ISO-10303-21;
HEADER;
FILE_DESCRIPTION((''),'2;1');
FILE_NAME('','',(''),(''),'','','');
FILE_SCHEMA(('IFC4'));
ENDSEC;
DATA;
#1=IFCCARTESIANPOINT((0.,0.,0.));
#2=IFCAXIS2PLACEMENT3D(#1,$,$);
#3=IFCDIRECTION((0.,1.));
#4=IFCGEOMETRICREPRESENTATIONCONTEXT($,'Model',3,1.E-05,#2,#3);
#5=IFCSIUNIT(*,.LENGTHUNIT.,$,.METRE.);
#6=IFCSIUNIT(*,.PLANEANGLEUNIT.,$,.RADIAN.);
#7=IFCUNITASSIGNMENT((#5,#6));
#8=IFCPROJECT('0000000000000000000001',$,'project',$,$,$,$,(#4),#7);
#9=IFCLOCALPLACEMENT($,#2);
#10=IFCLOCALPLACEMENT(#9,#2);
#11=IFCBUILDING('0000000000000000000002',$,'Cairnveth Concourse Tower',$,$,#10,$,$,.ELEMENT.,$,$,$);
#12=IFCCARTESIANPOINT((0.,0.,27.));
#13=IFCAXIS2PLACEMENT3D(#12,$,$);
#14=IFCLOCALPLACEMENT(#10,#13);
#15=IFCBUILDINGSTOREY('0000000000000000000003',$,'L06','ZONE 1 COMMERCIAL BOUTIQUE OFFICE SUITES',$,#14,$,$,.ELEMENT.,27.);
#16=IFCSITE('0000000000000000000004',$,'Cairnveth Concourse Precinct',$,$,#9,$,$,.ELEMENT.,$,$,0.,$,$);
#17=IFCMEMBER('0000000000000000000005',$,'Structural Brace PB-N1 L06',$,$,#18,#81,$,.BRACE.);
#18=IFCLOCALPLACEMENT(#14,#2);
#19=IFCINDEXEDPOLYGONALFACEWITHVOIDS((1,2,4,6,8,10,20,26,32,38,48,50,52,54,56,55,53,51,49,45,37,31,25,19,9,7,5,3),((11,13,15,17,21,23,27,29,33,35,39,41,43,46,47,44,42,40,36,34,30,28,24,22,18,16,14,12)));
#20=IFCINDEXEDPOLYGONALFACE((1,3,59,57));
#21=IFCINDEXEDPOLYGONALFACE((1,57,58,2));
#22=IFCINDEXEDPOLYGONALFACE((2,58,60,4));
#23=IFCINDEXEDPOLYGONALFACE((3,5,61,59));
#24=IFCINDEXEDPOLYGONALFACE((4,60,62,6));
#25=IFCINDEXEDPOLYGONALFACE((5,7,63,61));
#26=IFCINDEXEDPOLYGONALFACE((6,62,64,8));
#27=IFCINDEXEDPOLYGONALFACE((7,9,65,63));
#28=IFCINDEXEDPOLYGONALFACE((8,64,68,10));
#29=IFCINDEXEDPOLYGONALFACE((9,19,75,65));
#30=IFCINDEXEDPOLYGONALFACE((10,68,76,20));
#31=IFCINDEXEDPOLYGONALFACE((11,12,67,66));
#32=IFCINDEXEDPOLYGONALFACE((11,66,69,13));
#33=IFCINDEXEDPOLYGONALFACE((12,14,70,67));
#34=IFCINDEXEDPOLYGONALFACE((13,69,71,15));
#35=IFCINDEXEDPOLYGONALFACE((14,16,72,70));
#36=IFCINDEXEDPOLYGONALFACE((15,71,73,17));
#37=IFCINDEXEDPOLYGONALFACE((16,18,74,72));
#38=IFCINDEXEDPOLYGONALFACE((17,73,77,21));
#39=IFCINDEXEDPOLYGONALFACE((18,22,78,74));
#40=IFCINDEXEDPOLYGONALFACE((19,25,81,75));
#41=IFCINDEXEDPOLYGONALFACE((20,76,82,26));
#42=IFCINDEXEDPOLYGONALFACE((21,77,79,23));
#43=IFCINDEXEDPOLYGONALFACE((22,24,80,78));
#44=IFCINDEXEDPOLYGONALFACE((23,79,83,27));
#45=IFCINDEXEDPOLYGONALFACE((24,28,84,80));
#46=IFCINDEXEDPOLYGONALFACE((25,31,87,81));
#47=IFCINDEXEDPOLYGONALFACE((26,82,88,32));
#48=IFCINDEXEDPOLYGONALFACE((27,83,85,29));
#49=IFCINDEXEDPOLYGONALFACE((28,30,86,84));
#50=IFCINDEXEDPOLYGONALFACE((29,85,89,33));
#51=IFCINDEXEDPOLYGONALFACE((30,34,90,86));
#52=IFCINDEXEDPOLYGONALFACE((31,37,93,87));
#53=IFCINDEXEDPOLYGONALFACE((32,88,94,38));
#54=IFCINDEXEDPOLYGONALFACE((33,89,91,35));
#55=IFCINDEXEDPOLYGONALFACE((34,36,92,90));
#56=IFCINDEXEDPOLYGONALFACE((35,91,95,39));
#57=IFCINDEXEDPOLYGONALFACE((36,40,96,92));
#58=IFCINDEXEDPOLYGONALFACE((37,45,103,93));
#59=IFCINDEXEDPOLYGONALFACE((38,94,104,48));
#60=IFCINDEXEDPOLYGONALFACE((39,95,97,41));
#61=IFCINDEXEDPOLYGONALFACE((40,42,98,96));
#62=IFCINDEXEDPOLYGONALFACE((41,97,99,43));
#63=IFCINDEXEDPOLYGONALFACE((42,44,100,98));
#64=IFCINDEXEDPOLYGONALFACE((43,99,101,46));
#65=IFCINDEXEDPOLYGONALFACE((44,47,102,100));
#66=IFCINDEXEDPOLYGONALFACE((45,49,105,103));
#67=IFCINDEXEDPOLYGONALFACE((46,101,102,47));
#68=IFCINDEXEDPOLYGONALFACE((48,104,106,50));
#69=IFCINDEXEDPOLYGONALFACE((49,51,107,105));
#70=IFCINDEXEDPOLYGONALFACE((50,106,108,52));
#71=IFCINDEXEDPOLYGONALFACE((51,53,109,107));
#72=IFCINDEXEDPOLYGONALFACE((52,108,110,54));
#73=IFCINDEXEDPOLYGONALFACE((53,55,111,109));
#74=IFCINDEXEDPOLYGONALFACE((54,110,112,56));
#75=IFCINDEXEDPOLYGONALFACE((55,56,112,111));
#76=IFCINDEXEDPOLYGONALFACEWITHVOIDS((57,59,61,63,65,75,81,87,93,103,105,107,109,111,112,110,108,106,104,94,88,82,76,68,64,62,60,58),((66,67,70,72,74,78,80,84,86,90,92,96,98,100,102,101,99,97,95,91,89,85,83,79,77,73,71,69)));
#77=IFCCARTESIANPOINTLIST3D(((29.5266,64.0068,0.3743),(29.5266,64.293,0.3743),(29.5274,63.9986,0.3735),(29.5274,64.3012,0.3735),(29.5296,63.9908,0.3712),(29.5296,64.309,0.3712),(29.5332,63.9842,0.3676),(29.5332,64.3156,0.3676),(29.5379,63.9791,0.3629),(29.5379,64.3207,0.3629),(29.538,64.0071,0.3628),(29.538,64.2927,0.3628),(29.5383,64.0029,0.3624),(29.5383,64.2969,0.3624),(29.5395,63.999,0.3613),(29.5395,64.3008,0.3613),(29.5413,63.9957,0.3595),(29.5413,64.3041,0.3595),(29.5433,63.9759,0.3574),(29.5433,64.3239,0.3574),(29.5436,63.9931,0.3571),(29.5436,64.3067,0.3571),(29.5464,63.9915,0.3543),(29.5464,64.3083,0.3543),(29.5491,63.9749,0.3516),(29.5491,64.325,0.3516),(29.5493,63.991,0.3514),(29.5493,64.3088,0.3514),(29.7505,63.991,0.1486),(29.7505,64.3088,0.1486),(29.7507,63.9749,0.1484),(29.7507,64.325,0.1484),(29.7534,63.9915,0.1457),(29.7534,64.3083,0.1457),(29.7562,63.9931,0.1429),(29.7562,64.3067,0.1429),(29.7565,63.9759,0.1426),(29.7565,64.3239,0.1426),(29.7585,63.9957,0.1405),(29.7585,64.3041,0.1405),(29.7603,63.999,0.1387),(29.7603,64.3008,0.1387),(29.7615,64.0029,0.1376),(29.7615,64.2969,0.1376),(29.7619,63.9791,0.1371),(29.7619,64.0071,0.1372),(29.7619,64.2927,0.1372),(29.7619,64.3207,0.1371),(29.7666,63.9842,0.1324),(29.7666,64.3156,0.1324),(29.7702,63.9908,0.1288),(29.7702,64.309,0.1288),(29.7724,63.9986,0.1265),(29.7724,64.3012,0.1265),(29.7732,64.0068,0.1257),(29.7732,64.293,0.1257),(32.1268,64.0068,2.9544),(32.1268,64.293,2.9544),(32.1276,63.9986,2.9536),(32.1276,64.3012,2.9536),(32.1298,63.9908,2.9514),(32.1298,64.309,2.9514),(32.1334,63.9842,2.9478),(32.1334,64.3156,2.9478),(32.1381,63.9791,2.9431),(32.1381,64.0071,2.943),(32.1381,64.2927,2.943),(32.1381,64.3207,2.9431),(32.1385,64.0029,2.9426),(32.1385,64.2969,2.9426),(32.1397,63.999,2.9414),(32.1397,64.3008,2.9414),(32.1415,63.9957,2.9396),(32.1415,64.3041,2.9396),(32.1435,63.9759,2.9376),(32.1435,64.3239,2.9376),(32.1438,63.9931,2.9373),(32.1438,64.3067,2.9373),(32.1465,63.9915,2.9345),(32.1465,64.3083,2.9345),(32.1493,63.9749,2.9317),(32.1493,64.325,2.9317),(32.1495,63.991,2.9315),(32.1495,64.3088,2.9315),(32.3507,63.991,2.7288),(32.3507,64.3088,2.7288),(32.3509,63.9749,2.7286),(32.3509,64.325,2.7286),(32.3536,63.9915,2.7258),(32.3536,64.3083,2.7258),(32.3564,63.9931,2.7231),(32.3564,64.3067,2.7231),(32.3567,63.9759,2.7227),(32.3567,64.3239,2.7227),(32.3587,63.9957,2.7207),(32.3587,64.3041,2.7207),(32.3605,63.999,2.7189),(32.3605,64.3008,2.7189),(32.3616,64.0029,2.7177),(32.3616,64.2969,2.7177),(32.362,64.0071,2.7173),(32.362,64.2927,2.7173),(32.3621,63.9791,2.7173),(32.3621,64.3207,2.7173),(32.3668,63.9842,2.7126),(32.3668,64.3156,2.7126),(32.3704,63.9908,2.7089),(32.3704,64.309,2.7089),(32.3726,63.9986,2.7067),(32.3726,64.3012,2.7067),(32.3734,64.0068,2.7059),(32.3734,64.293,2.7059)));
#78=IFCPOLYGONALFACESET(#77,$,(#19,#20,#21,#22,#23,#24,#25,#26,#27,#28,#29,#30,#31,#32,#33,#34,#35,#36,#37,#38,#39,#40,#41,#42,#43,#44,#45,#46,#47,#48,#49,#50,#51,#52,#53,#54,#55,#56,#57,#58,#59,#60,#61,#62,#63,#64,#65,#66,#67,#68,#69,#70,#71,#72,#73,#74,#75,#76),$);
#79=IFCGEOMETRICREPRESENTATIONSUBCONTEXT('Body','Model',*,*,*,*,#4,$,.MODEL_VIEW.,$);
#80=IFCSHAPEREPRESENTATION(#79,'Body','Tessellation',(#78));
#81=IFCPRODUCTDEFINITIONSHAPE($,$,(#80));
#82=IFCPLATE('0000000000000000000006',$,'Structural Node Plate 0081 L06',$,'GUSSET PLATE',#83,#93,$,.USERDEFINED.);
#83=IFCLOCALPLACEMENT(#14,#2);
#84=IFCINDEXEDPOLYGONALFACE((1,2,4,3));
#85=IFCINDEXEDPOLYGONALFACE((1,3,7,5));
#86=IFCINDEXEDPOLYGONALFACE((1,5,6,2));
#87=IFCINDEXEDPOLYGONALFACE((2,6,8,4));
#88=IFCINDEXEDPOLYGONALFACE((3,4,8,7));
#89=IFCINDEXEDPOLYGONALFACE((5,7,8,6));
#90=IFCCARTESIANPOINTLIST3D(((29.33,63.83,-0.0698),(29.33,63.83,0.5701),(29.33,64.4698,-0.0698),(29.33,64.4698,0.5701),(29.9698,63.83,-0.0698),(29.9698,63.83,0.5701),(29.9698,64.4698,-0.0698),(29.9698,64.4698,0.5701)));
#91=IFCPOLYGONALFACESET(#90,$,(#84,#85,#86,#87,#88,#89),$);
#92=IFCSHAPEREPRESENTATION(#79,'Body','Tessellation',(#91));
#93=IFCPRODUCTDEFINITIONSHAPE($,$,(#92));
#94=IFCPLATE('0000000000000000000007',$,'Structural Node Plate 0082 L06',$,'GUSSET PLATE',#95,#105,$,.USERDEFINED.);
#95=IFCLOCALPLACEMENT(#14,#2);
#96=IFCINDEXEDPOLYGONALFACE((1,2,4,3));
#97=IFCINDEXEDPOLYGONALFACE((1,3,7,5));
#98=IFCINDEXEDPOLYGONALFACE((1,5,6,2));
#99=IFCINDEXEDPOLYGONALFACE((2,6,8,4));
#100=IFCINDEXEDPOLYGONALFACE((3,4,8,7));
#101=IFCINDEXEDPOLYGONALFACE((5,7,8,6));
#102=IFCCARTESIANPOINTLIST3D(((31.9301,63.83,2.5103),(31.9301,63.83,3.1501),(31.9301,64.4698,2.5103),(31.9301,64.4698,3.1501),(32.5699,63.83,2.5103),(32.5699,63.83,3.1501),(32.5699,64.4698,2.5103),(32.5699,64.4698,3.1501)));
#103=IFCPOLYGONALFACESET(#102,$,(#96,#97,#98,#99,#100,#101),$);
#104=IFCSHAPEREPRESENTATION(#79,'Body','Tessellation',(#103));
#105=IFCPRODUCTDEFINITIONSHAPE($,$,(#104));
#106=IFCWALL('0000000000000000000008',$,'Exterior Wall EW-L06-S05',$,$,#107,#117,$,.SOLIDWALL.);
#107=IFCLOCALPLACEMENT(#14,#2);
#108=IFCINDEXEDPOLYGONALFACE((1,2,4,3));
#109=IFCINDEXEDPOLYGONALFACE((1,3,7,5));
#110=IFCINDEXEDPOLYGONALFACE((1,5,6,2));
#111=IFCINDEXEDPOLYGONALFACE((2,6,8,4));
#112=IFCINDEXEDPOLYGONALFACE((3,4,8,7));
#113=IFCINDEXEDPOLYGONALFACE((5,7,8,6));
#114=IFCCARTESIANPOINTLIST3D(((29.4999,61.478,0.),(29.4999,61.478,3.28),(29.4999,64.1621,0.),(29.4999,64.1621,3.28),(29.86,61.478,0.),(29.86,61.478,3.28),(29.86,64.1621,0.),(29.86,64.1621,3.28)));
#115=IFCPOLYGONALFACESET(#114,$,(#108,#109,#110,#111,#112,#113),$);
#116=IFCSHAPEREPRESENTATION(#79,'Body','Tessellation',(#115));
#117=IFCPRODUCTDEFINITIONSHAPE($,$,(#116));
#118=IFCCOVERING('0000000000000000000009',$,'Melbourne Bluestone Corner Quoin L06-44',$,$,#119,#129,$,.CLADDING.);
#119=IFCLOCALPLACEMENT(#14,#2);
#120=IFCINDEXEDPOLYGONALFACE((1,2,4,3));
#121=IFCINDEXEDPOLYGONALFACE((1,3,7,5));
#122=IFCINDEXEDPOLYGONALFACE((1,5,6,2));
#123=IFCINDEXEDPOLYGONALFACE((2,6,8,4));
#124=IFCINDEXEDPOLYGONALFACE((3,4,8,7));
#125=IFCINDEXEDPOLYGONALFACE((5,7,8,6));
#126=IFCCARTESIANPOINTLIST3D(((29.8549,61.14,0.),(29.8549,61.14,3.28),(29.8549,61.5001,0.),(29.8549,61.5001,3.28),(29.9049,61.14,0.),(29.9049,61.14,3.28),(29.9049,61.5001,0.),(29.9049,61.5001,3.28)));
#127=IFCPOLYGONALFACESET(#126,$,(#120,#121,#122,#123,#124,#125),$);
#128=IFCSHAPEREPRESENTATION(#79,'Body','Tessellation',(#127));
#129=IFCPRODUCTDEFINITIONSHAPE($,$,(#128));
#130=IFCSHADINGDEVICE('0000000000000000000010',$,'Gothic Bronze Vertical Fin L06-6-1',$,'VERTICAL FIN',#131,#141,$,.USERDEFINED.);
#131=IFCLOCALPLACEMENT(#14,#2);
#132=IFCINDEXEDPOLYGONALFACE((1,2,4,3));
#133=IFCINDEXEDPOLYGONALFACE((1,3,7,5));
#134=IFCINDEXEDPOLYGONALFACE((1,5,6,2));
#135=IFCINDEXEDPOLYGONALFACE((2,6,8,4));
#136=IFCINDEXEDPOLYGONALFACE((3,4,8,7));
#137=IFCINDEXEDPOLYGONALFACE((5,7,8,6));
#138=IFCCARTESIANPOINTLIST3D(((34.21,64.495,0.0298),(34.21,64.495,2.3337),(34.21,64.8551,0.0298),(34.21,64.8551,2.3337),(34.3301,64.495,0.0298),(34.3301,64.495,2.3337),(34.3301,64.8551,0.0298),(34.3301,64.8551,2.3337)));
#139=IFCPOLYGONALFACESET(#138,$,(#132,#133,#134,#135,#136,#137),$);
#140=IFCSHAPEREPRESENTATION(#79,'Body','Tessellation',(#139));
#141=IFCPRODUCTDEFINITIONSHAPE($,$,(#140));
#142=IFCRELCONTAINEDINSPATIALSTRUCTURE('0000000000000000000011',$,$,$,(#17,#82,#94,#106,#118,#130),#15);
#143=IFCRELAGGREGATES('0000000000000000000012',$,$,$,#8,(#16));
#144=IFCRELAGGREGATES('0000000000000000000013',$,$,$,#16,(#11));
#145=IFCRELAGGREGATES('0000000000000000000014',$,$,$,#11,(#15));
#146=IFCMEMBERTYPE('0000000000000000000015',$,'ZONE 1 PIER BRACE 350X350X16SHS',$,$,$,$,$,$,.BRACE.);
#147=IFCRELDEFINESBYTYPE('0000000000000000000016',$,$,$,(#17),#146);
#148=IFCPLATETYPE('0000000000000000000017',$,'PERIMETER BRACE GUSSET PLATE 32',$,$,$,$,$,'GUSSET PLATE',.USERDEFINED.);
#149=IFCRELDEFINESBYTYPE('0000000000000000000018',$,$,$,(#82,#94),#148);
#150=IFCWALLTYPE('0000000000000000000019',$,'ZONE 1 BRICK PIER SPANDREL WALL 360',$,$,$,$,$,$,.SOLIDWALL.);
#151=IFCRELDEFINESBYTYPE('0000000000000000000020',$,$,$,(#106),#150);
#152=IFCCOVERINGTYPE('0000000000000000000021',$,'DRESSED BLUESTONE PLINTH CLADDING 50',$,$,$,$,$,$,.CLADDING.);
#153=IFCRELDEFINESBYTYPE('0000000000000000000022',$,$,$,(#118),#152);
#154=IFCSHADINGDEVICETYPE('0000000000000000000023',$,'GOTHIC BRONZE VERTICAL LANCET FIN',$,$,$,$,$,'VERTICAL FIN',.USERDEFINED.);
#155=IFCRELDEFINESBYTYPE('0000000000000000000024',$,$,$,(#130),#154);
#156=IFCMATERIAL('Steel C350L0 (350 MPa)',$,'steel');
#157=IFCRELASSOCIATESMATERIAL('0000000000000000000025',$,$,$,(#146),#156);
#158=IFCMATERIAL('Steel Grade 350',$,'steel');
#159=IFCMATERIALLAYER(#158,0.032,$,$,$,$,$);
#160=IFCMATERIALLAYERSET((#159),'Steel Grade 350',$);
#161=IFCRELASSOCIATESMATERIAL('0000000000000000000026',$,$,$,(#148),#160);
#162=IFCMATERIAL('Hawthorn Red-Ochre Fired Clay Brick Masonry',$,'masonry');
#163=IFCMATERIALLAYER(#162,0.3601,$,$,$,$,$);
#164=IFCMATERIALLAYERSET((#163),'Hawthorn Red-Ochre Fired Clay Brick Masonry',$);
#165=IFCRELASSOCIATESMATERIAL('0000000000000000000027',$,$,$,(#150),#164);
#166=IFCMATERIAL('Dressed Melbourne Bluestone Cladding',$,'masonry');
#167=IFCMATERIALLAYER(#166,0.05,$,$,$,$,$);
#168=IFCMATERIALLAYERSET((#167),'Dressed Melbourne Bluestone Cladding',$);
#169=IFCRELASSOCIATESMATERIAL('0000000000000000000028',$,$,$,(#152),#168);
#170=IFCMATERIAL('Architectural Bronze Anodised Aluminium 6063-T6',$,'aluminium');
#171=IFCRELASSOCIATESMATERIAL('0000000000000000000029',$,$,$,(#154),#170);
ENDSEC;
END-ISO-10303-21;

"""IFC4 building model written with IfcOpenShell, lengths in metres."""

from ifc_helpers import new_model, si_unit, direction, frame, frame_2d, origin, origin_2d, place, context, subcontext, project, spatial, rectangle, hollow_rectangle, extrude, material, layer, layer_set, material_profile, profile_set, type_object, element, save


model = new_model("IFC4")

# Units and contexts
model_context = context("Model", 3, precision=1e-05, world=origin(), true_north=direction((0.0, 1.0)))
body_context = subcontext(model_context, "Body", "Model", "MODEL_VIEW")
ifc_project = project(units=[si_unit("LENGTHUNIT", "METRE"), si_unit("PLANEANGLEUNIT", "RADIAN")], contexts=[model_context])

# Site, building, storey
site_placement = place(None, origin())
site = spatial("IfcSite", under=ifc_project, at=site_placement, Name="Cairnveth Concourse Precinct", CompositionType="ELEMENT", RefElevation=0.0)
building_placement = place(site_placement, origin())
building = spatial("IfcBuilding", under=site, at=building_placement, Name="Cairnveth Concourse Tower", CompositionType="ELEMENT")
storey_placement = place(building_placement, frame((0.0, 0.0, 27.0)))
storey = spatial("IfcBuildingStorey", under=building, at=storey_placement, Name="L06", Description="ZONE 1 COMMERCIAL BOUTIQUE OFFICE SUITES", CompositionType="ELEMENT", Elevation=27.0)

# Member
ifc_material_1 = material(Name="Steel C350L0 (350 MPa)", Category="steel")
ifc_material_profile = material_profile(ifc_material_1, hollow_rectangle(XDim=0.3501, YDim=0.3501, WallThickness=0.0161, InnerFilletRadius=0.0161, OuterFilletRadius=0.032, at=origin_2d()), Name="350x350x16.0SHS")
ifc_profile_set = profile_set([ifc_material_profile], Name="Steel C350L0 (350 MPa)")
member_type = type_object("IfcMemberType", Name="ZONE 1 PIER BRACE 350X350X16SHS", PredefinedType="BRACE", material=ifc_profile_set)
member_placement = place(storey_placement, frame((29.6499, 64.1499, 0.25), z_axis=(0.709834, 0.0, 0.704369), x_axis=(0.0, 1.0, 0.0)))
element("IfcMember", 1, at=member_placement, inside=storey, type_object=member_type, Name="Structural Brace PB-N1 L06", PredefinedType="BRACE", context=body_context, shape_type="SweptSolid", body=[
    extrude(hollow_rectangle(XDim=0.3501, YDim=0.3501, WallThickness=0.0161, InnerFilletRadius=0.0161, OuterFilletRadius=0.032, at=origin_2d()), origin(), (0.0, 0.0, 1.0), 3.6631),
])

# Plates
ifc_material_2 = material(Name="Steel Grade 350", Category="steel")
ifc_layer_1 = layer(ifc_material_2, 0.032)
ifc_layer_set_1 = layer_set([ifc_layer_1], Name="Steel Grade 350")
plate_type = type_object("IfcPlateType", Name="PERIMETER BRACE GUSSET PLATE 32", ElementType="GUSSET PLATE", PredefinedType="USERDEFINED", material=ifc_layer_set_1)
for number, where, z_axis, x_axis, name in (
    (2, (29.6499, 64.1499, -0.0698), (0.0, 0.0, 1.0), (1.0, 0.0, 0.0), "Structural Node Plate 0081 L06"),
    (3, (32.25, 64.1499, 2.5103), (0.0, 0.0, 1.0), (1.0, 0.0, 0.0), "Structural Node Plate 0082 L06"),
):
    element("IfcPlate", number, at=place(storey_placement, frame(where, z_axis=z_axis, x_axis=x_axis)), inside=storey, type_object=plate_type, Name=name, ObjectType="GUSSET PLATE", PredefinedType="USERDEFINED", context=body_context, shape_type="SweptSolid", body=[
        extrude(rectangle(XDim=0.6399, YDim=0.6399, at=origin_2d()), origin(), (0.0, 0.0, 1.0), 0.6399),
    ])

# Wall
ifc_material_3 = material(Name="Hawthorn Red-Ochre Fired Clay Brick Masonry", Category="masonry")
ifc_layer_2 = layer(ifc_material_3, 0.3601)
ifc_layer_set_2 = layer_set([ifc_layer_2], Name="Hawthorn Red-Ochre Fired Clay Brick Masonry")
wall_type = type_object("IfcWallType", Name="ZONE 1 BRICK PIER SPANDREL WALL 360", PredefinedType="SOLIDWALL", material=ifc_layer_set_2)
wall_1_placement = place(storey_placement, frame((29.6799, 61.478, 0.0), z_axis=(0.0, 0.0, 1.0), x_axis=(0.0, 1.0, 0.0)))
element("IfcWall", 4, at=wall_1_placement, inside=storey, type_object=wall_type, Name="Exterior Wall EW-L06-S05", PredefinedType="SOLIDWALL", context=body_context, shape_type="SweptSolid", body=[
    extrude(rectangle(XDim=2.6841, YDim=0.3601, at=frame_2d((1.342, 0.0))), origin(), (0.0, 0.0, 1.0), 3.28),
])

# Covering
ifc_material_4 = material(Name="Dressed Melbourne Bluestone Cladding", Category="masonry")
ifc_layer_3 = layer(ifc_material_4, 0.05)
ifc_layer_set_3 = layer_set([ifc_layer_3], Name="Dressed Melbourne Bluestone Cladding")
covering_type = type_object("IfcCoveringType", Name="DRESSED BLUESTONE PLINTH CLADDING 50", PredefinedType="CLADDING", material=ifc_layer_set_3)
covering_placement = place(storey_placement, frame((29.8799, 61.1399, 0.0), z_axis=(0.0, 0.0, 1.0), x_axis=(0.0, 1.0, 0.0)))
element("IfcCovering", 5, at=covering_placement, inside=storey, type_object=covering_type, Name="Melbourne Bluestone Corner Quoin L06-44", PredefinedType="CLADDING", context=body_context, shape_type="SweptSolid", body=[
    extrude(rectangle(XDim=0.3601, YDim=0.05, at=frame_2d((0.1802, 0.0))), origin(), (0.0, 0.0, 1.0), 3.28),
])

# Shading device
ifc_material_5 = material(Name="Architectural Bronze Anodised Aluminium 6063-T6", Category="aluminium")
shading_device_type = type_object("IfcShadingDeviceType", Name="GOTHIC BRONZE VERTICAL LANCET FIN", ElementType="VERTICAL FIN", PredefinedType="USERDEFINED", material=ifc_material_5)
shading_device_placement = place(storey_placement, frame((34.27, 64.675, 0.0298), z_axis=(0.0, 0.0, 1.0), x_axis=(1.0, 0.0, 0.0)))
element("IfcShadingDevice", 6, at=shading_device_placement, inside=storey, type_object=shading_device_type, Name="Gothic Bronze Vertical Fin L06-6-1", ObjectType="VERTICAL FIN", PredefinedType="USERDEFINED", context=body_context, shape_type="SweptSolid", body=[
    extrude(rectangle(XDim=0.1201, YDim=0.3601, at=origin_2d()), origin(), (0.0, 0.0, 1.0), 2.304),
])

save(model, "model.ifc")
